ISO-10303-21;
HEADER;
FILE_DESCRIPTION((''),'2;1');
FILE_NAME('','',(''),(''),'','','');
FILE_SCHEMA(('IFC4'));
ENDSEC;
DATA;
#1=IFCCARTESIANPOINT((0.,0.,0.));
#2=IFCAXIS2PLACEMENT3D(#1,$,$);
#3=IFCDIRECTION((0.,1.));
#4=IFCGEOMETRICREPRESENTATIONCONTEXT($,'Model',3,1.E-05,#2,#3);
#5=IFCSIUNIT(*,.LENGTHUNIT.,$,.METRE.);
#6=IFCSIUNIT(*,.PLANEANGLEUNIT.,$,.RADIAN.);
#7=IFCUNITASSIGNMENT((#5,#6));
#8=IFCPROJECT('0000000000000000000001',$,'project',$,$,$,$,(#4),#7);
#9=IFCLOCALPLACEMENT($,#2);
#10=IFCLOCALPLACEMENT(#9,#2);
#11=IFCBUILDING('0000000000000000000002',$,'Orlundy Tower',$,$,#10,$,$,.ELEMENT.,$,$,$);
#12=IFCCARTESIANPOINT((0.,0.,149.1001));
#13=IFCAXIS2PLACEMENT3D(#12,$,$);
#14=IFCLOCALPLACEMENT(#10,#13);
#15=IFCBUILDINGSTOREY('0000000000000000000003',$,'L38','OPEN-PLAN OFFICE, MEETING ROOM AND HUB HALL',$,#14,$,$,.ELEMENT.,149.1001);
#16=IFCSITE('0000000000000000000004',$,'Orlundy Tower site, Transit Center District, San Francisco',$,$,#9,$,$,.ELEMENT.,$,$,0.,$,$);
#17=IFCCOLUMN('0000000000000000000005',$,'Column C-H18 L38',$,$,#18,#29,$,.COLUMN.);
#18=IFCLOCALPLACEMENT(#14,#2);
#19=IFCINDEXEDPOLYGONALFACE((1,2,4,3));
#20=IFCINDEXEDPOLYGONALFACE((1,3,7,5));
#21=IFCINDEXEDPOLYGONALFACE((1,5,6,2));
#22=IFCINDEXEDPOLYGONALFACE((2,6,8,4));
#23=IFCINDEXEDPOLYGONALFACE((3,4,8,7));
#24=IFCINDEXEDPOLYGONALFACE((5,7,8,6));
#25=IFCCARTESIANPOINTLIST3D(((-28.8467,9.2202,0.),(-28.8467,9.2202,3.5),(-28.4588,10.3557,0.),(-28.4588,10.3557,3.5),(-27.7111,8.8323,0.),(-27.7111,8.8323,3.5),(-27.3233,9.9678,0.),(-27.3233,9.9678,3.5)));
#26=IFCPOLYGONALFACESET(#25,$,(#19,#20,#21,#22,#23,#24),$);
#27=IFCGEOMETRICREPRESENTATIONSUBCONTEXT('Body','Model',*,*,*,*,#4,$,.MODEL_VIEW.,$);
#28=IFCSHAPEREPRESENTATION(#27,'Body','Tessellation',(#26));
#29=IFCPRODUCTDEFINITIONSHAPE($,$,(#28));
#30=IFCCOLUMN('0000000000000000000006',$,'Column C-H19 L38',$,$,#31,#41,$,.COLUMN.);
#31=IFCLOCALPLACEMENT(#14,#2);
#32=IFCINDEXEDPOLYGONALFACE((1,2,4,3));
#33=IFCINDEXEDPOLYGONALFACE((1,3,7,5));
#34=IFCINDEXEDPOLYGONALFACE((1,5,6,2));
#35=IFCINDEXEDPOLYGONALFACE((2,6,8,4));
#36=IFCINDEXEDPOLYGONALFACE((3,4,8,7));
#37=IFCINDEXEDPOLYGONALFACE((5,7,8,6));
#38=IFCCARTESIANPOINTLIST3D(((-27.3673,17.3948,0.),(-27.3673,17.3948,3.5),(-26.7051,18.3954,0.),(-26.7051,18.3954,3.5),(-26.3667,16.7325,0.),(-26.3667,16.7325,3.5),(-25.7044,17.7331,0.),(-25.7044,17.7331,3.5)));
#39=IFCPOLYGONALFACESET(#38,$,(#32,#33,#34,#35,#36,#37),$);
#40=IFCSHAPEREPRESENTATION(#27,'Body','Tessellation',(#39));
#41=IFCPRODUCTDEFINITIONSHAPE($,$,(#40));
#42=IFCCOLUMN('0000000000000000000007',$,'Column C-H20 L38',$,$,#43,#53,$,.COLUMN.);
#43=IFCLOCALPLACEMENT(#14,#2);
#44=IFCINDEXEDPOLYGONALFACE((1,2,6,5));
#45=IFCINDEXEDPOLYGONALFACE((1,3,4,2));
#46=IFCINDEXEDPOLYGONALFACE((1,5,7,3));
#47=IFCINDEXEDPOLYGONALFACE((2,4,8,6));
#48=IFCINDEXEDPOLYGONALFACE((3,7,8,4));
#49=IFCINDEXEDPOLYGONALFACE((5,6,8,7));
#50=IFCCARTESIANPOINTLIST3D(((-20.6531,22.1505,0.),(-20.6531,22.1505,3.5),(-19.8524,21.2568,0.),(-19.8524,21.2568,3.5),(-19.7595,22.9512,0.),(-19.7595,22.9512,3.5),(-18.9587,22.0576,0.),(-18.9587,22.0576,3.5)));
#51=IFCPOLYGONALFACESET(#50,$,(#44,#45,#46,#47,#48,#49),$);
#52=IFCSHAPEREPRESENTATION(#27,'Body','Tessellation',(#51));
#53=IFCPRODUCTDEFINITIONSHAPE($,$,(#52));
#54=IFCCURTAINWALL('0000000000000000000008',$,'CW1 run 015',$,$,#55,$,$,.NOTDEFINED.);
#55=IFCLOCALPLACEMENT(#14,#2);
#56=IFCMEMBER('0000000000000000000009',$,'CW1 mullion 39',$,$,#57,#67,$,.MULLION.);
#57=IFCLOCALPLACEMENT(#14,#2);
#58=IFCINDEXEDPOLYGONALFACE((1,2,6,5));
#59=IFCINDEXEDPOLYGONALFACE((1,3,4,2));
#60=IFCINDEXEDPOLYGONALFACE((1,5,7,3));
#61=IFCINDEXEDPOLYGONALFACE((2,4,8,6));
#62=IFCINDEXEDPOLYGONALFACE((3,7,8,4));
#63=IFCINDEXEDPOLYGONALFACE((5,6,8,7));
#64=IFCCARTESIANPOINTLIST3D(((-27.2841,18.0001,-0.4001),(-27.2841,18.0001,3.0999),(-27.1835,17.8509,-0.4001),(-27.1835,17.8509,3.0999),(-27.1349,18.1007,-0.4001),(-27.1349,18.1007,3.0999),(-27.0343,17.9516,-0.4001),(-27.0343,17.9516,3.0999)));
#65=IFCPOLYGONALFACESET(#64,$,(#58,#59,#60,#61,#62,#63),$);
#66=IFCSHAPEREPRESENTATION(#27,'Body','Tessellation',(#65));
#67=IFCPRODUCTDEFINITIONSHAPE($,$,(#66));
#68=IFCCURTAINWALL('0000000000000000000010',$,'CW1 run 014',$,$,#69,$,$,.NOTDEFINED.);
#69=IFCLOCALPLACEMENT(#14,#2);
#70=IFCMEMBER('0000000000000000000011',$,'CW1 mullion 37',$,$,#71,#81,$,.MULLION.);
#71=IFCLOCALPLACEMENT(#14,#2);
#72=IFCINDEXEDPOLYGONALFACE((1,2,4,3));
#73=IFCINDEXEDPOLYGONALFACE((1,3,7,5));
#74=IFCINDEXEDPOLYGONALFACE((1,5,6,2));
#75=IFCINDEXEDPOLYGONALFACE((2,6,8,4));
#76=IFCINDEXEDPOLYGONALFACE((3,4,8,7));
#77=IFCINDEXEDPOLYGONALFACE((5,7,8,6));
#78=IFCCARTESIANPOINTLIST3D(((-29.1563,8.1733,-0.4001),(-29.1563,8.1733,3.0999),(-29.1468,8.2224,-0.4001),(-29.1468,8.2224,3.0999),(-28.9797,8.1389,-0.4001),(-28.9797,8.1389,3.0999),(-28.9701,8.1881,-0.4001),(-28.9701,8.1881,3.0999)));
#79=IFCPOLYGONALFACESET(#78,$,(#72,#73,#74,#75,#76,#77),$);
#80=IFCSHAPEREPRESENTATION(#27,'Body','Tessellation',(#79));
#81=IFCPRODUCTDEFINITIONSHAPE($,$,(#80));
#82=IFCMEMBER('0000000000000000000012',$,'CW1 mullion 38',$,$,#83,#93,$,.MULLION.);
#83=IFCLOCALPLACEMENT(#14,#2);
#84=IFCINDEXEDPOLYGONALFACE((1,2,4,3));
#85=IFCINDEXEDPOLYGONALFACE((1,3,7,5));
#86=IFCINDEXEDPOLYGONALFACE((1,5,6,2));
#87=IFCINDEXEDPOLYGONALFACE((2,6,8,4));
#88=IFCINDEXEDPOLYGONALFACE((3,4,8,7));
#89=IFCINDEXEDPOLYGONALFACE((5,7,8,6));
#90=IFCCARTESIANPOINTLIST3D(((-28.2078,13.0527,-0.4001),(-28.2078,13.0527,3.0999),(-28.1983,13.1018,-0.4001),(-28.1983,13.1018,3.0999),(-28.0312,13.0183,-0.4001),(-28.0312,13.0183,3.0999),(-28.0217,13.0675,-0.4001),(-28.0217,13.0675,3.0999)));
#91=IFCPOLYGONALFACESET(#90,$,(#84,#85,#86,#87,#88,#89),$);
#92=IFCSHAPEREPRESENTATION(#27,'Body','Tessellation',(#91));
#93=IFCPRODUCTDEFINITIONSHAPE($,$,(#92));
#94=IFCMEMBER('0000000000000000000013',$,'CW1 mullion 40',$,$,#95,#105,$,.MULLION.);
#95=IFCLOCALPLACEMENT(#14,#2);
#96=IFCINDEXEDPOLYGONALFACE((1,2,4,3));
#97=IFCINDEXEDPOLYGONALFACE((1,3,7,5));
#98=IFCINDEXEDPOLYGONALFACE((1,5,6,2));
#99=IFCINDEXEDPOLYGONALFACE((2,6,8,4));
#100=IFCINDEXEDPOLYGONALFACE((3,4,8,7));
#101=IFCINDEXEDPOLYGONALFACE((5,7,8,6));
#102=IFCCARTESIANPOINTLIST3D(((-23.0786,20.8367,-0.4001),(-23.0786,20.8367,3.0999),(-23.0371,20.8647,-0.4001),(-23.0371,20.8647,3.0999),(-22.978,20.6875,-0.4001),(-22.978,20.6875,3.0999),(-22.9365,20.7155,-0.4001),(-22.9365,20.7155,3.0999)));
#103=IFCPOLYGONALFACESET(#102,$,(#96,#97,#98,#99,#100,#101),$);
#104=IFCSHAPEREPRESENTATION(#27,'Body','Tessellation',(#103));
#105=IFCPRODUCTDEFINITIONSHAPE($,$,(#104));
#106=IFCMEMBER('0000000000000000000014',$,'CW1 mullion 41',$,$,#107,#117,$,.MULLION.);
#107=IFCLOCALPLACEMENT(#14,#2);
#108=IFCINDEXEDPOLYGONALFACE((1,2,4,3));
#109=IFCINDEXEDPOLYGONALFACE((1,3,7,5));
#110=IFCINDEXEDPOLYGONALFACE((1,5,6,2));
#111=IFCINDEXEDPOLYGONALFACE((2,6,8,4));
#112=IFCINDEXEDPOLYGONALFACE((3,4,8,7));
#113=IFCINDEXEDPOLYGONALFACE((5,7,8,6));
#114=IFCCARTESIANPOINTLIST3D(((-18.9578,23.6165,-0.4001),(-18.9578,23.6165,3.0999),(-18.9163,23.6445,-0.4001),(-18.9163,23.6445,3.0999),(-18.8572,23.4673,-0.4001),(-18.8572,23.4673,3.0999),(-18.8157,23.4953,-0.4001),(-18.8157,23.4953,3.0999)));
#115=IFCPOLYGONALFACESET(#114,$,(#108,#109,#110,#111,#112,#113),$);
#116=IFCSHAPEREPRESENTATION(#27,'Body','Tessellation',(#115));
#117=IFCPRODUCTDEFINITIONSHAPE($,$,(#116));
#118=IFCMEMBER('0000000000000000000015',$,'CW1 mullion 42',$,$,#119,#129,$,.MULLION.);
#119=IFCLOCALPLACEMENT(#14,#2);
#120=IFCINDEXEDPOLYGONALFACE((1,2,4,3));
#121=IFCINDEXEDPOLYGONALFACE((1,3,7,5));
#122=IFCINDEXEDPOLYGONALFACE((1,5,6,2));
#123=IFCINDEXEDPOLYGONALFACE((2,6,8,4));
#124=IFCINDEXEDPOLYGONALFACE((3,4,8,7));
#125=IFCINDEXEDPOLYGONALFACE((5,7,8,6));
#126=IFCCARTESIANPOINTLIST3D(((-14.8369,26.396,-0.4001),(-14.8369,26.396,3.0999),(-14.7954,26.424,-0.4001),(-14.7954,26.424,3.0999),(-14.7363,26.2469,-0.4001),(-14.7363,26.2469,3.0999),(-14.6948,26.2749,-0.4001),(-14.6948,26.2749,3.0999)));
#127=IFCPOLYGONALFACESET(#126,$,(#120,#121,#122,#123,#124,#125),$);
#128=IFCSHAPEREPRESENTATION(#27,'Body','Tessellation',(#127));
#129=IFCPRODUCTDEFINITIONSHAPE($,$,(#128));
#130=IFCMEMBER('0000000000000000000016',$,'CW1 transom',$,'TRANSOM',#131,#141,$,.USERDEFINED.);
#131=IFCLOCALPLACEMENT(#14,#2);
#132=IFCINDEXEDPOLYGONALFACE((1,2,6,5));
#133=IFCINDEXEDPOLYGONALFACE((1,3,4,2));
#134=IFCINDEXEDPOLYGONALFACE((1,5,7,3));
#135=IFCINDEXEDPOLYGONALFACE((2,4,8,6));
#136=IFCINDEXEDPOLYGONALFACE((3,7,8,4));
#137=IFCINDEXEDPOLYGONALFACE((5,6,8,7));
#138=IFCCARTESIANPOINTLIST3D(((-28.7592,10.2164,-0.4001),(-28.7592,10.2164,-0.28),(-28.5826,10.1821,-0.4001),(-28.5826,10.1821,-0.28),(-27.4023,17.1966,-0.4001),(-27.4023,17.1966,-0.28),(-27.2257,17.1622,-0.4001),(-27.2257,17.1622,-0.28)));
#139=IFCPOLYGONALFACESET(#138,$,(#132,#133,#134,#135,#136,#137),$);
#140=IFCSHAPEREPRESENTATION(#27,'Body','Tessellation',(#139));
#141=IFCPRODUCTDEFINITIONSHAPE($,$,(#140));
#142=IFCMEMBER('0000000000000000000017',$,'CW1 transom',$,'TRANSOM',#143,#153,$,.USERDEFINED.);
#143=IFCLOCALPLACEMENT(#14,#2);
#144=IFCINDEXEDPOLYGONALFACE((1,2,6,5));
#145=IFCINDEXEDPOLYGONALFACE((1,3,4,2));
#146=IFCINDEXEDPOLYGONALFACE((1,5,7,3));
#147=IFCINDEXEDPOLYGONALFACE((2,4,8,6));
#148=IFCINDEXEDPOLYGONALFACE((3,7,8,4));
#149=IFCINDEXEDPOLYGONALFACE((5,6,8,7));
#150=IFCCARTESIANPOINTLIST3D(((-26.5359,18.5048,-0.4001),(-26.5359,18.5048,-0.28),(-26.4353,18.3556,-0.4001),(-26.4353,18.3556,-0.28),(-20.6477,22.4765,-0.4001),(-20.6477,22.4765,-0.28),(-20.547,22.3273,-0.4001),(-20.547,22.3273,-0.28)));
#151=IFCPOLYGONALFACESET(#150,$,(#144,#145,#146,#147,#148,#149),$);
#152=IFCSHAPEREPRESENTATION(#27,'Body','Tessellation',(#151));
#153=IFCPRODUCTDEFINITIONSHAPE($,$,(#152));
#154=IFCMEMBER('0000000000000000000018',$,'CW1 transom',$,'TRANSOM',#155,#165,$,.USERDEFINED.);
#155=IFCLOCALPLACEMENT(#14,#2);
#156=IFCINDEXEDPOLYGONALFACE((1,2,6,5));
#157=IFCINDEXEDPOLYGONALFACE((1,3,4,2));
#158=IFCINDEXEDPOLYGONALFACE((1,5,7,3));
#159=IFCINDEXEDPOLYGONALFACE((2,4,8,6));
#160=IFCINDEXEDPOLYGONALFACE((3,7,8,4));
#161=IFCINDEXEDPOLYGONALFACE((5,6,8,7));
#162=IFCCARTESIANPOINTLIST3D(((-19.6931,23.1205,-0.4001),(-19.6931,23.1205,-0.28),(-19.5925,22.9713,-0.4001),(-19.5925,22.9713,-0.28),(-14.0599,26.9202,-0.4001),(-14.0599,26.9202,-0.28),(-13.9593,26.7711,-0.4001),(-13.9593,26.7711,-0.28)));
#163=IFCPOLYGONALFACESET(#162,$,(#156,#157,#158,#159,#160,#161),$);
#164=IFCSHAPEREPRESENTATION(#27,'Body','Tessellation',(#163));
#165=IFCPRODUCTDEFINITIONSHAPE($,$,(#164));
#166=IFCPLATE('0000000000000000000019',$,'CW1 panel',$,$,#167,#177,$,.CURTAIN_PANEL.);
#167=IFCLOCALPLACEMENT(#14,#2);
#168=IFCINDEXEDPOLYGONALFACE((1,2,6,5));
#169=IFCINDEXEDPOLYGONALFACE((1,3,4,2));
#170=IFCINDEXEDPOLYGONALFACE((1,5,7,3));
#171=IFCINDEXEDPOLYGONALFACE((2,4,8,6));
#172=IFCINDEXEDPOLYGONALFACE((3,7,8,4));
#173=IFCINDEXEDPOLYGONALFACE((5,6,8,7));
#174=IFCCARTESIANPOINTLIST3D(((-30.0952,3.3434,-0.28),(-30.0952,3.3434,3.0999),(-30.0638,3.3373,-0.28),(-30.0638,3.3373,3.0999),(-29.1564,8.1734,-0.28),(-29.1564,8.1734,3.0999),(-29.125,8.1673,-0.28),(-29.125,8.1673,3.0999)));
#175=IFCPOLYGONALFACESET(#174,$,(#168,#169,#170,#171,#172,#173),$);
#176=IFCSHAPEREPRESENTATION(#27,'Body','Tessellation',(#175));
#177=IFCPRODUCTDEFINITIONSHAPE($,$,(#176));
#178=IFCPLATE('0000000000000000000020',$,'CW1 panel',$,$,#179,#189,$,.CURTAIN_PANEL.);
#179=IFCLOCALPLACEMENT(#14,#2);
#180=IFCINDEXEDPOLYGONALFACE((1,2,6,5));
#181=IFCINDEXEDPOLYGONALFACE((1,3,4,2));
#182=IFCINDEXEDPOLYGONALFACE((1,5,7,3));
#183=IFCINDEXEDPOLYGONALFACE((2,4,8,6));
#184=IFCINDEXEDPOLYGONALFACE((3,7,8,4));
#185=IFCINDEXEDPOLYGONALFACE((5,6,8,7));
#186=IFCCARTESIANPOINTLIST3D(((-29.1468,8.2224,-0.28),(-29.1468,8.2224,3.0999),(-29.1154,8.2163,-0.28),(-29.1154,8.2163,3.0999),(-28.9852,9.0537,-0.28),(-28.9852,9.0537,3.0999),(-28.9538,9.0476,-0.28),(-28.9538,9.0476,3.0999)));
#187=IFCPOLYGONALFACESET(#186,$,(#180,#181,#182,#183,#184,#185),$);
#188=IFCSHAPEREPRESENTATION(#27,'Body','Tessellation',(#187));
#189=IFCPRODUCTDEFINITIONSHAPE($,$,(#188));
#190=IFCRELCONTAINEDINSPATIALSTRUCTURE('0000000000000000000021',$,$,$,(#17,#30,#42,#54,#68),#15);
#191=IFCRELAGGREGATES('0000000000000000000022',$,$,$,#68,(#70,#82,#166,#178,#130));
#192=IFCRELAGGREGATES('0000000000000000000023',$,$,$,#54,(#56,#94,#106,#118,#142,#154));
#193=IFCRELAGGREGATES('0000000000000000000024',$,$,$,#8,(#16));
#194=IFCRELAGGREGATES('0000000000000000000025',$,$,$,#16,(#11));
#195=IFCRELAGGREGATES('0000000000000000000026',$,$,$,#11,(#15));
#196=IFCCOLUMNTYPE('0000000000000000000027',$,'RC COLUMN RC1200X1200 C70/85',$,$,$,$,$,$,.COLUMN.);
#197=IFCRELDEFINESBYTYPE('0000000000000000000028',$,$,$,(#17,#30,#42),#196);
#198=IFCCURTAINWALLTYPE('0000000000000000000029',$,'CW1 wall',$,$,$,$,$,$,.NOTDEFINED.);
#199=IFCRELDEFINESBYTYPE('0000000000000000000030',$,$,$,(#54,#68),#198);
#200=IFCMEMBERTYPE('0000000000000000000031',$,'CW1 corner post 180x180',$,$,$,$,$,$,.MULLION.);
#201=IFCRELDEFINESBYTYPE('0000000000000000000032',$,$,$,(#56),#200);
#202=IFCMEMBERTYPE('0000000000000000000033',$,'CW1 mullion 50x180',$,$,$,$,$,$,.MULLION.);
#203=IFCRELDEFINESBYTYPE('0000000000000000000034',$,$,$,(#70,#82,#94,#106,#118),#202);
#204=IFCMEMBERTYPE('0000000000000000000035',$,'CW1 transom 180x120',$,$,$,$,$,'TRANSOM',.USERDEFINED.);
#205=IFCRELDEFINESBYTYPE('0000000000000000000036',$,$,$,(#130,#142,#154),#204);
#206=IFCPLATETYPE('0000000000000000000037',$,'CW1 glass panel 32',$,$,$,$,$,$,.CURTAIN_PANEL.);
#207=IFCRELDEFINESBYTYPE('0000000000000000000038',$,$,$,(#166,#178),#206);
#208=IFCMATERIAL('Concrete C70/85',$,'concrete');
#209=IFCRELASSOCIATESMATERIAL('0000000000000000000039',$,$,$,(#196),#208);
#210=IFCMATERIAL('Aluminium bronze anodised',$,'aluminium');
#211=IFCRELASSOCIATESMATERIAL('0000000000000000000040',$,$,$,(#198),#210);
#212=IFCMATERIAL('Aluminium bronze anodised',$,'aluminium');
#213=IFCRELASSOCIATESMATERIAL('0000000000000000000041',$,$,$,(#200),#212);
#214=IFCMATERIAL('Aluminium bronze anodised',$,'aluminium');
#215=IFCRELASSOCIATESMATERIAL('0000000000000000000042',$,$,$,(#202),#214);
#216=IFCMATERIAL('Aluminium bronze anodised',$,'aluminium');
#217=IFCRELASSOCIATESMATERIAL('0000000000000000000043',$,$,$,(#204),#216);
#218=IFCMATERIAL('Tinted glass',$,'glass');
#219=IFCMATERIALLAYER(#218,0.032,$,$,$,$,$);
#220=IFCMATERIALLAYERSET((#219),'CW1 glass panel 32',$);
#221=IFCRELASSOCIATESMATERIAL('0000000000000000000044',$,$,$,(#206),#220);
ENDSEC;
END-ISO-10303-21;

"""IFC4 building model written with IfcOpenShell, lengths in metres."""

from ifc_helpers import new_model, si_unit, direction, frame, origin, origin_2d, place, context, subcontext, project, spatial, rectangle, extrude, material, layer, layer_set, material_profile, profile_set, type_object, element, aggregate, save


model = new_model("IFC4")

# Units and contexts
model_context = context("Model", 3, precision=1e-05, world=origin(), true_north=direction((0.0, 1.0)))
body_context = subcontext(model_context, "Body", "Model", "MODEL_VIEW")
ifc_project = project(units=[si_unit("LENGTHUNIT", "METRE"), si_unit("PLANEANGLEUNIT", "RADIAN")], contexts=[model_context])

# Site, building, storey
site_placement = place(None, origin())
site = spatial("IfcSite", under=ifc_project, at=site_placement, Name="Orlundy Tower site, Transit Center District, San Francisco", CompositionType="ELEMENT", RefElevation=0.0)
building_placement = place(site_placement, origin())
building = spatial("IfcBuilding", under=site, at=building_placement, Name="Orlundy Tower", CompositionType="ELEMENT")
storey_placement = place(building_placement, frame((0.0, 0.0, 149.1001)))
storey = spatial("IfcBuildingStorey", under=building, at=storey_placement, Name="L38", Description="OPEN-PLAN OFFICE, MEETING ROOM AND HUB HALL", CompositionType="ELEMENT", Elevation=149.1001)

# Columns
ifc_material_1 = material(Name="Concrete C70/85", Category="concrete")
ifc_material_profile_1 = material_profile(ifc_material_1, rectangle(XDim=1.2, YDim=1.2, at=origin_2d()), Name="RC1200X1200")
ifc_profile_set_1 = profile_set([ifc_material_profile_1], Name="Concrete C70/85")
column_type = type_object("IfcColumnType", Name="RC COLUMN RC1200X1200 C70/85", PredefinedType="COLUMN", material=ifc_profile_set_1)
for number, where, z_axis, x_axis, name in (
    (1, (-28.085, 9.594, 0.0), (0.0, 0.0, 1.0), (-0.946311, 0.323257, 0.0), "Column C-H18 L38"),
    (2, (-26.5359, 17.564, 0.0), (0.0, 0.0, 1.0), (-0.833886, 0.551937, 0.0), "Column C-H19 L38"),
    (3, (-19.8059, 22.104, 0.0), (0.0, 0.0, 1.0), (-0.667339, 0.744754, 0.0), "Column C-H20 L38"),
):
    element("IfcColumn", number, at=place(storey_placement, frame(where, z_axis=z_axis, x_axis=x_axis)), inside=storey, type_object=column_type, Name=name, PredefinedType="COLUMN", context=body_context, shape_type="SweptSolid", body=[
        extrude(rectangle(XDim=1.2, YDim=1.2, at=origin_2d()), origin(), (0.0, 0.0, 1.0), 3.5),
    ])

# Curtain wall, member
ifc_material_2 = material(Name="Aluminium bronze anodised", Category="aluminium")
curtain_wall_type = type_object("IfcCurtainWallType", Name="CW1 wall", PredefinedType="NOTDEFINED", material=ifc_material_2)
curtain_wall_1_placement = place(storey_placement, origin())
curtain_wall_1 = element("IfcCurtainWall", 4, at=curtain_wall_1_placement, inside=storey, type_object=curtain_wall_type, Name="CW1 run 015", PredefinedType="NOTDEFINED")
ifc_material_3 = material(Name="Aluminium bronze anodised", Category="aluminium")
ifc_material_profile_2 = material_profile(ifc_material_3, rectangle(XDim=0.1799, YDim=0.1799, at=origin_2d()), Name="CW1 corner post 180x180")
ifc_profile_set_2 = profile_set([ifc_material_profile_2], Name="Aluminium bronze anodised")
member_type_1 = type_object("IfcMemberType", Name="CW1 corner post 180x180", PredefinedType="MULLION", material=ifc_profile_set_2)
member_1_placement = place(storey_placement, frame((-27.1592, 17.9758, -0.4001), z_axis=(0.0, 0.0, 1.0), x_axis=(-0.559205, 0.82903, 0.0)))
member_1 = element("IfcMember", 5, at=member_1_placement, type_object=member_type_1, Name="CW1 mullion 39", PredefinedType="MULLION", context=body_context, shape_type="SweptSolid", body=[
    extrude(rectangle(XDim=0.1799, YDim=0.1799, at=origin_2d()), origin(), (0.0, 0.0, 1.0), 3.5),
])

# Curtain wall, members
curtain_wall_2_placement = place(storey_placement, origin())
curtain_wall_2 = element("IfcCurtainWall", 6, at=curtain_wall_2_placement, inside=storey, type_object=curtain_wall_type, Name="CW1 run 014", PredefinedType="NOTDEFINED")
ifc_material_4 = material(Name="Aluminium bronze anodised", Category="aluminium")
ifc_material_profile_3 = material_profile(ifc_material_4, rectangle(XDim=0.1799, YDim=0.05, at=origin_2d()), Name="CW1 mullion 50x180")
ifc_profile_set_3 = profile_set([ifc_material_profile_3], Name="Aluminium bronze anodised")
member_type_2 = type_object("IfcMemberType", Name="CW1 mullion 50x180", PredefinedType="MULLION", material=ifc_profile_set_3)
member_2_placement = place(storey_placement, frame((-29.0632, 8.1807, -0.4001), z_axis=(0.0, 0.0, 1.0), x_axis=(-0.981628, 0.190805, 0.0)))
member_2 = element("IfcMember", 7, at=member_2_placement, type_object=member_type_2, Name="CW1 mullion 37", PredefinedType="MULLION", context=body_context, shape_type="SweptSolid", body=[
    extrude(rectangle(XDim=0.1799, YDim=0.05, at=origin_2d()), origin(), (0.0, 0.0, 1.0), 3.5),
])
member_3_placement = place(storey_placement, frame((-28.1147, 13.0601, -0.4001), z_axis=(0.0, 0.0, 1.0), x_axis=(-0.981628, 0.190805, 0.0)))
member_3 = element("IfcMember", 8, at=member_3_placement, type_object=member_type_2, Name="CW1 mullion 38", PredefinedType="MULLION", context=body_context, shape_type="SweptSolid", body=[
    extrude(rectangle(XDim=0.1799, YDim=0.05, at=origin_2d()), origin(), (0.0, 0.0, 1.0), 3.5),
])

# Members
member_4_placement = place(storey_placement, frame((-23.0076, 20.7761, -0.4001), z_axis=(0.0, 0.0, 1.0), x_axis=(-0.559205, 0.82903, 0.0)))
member_4 = element("IfcMember", 9, at=member_4_placement, type_object=member_type_2, Name="CW1 mullion 40", PredefinedType="MULLION", context=body_context, shape_type="SweptSolid", body=[
    extrude(rectangle(XDim=0.1799, YDim=0.05, at=origin_2d()), origin(), (0.0, 0.0, 1.0), 3.5),
])
member_5_placement = place(storey_placement, frame((-18.8867, 23.5559, -0.4001), z_axis=(0.0, 0.0, 1.0), x_axis=(-0.559205, 0.82903, 0.0)))
member_5 = element("IfcMember", 10, at=member_5_placement, type_object=member_type_2, Name="CW1 mullion 41", PredefinedType="MULLION", context=body_context, shape_type="SweptSolid", body=[
    extrude(rectangle(XDim=0.1799, YDim=0.05, at=origin_2d()), origin(), (0.0, 0.0, 1.0), 3.5),
])
member_6_placement = place(storey_placement, frame((-14.7659, 26.3354, -0.4001), z_axis=(0.0, 0.0, 1.0), x_axis=(-0.559205, 0.82903, 0.0)))
member_6 = element("IfcMember", 11, at=member_6_placement, type_object=member_type_2, Name="CW1 mullion 42", PredefinedType="MULLION", context=body_context, shape_type="SweptSolid", body=[
    extrude(rectangle(XDim=0.1799, YDim=0.05, at=origin_2d()), origin(), (0.0, 0.0, 1.0), 3.5),
])
ifc_material_5 = material(Name="Aluminium bronze anodised", Category="aluminium")
ifc_material_profile_4 = material_profile(ifc_material_5, rectangle(XDim=0.1799, YDim=0.1201, at=origin_2d()), Name="CW1 transom 180x120")
ifc_profile_set_4 = profile_set([ifc_material_profile_4], Name="Aluminium bronze anodised")
member_type_3 = type_object("IfcMemberType", Name="CW1 transom 180x120", ElementType="TRANSOM", PredefinedType="USERDEFINED", material=ifc_profile_set_4)
member_7_placement = place(storey_placement, frame((-28.6709, 10.1992, -0.3401), z_axis=(0.190825, 0.981624, 0.0), x_axis=(-0.981624, 0.190825, 0.0)))
member_7 = element("IfcMember", 12, at=member_7_placement, type_object=member_type_3, Name="CW1 transom", ObjectType="TRANSOM", PredefinedType="USERDEFINED", context=body_context, shape_type="SweptSolid", body=[
    extrude(rectangle(XDim=0.1799, YDim=0.1201, at=origin_2d()), origin(), (0.0, 0.0, 1.0), 7.1108),
])
member_8_placement = place(storey_placement, frame((-26.4856, 18.4302, -0.3401), z_axis=(0.829034, 0.559198, 0.0), x_axis=(-0.559198, 0.829034, 0.0)))
member_8 = element("IfcMember", 13, at=member_8_placement, type_object=member_type_3, Name="CW1 transom", ObjectType="TRANSOM", PredefinedType="USERDEFINED", context=body_context, shape_type="SweptSolid", body=[
    extrude(rectangle(XDim=0.1799, YDim=0.1201, at=origin_2d()), origin(), (0.0, 0.0, 1.0), 7.1025),
])
member_9_placement = place(storey_placement, frame((-19.6428, 23.0459, -0.3401), z_axis=(0.829031, 0.559203, 0.0), x_axis=(-0.559203, 0.829031, 0.0)))
member_9 = element("IfcMember", 14, at=member_9_placement, type_object=member_type_3, Name="CW1 transom", ObjectType="TRANSOM", PredefinedType="USERDEFINED", context=body_context, shape_type="SweptSolid", body=[
    extrude(rectangle(XDim=0.1799, YDim=0.1201, at=origin_2d()), origin(), (0.0, 0.0, 1.0), 6.7949),
])

# Plates
ifc_material_6 = material(Name="Tinted glass", Category="glass")
ifc_layer_1 = layer(ifc_material_6, 0.032)
ifc_layer_set_1 = layer_set([ifc_layer_1], Name="CW1 glass panel 32")
plate_type = type_object("IfcPlateType", Name="CW1 glass panel 32", PredefinedType="CURTAIN_PANEL", material=ifc_layer_set_1)
plate_1_placement = place(storey_placement, frame((-29.6101, 5.7554, -0.28), z_axis=(0.0, 0.0, 1.0), x_axis=(0.190805, 0.981628, 0.0)))
plate_1 = element("IfcPlate", 15, at=plate_1_placement, type_object=plate_type, Name="CW1 panel", PredefinedType="CURTAIN_PANEL", context=body_context, shape_type="SweptSolid", body=[
    extrude(rectangle(XDim=4.9204, YDim=0.032, at=origin_2d()), origin(), (0.0, 0.0, 1.0), 3.3799),
])
plate_2_placement = place(storey_placement, frame((-29.0503, 8.635, -0.28), z_axis=(0.0, 0.0, 1.0), x_axis=(0.190805, 0.981628, 0.0)))
plate_2 = element("IfcPlate", 16, at=plate_2_placement, type_object=plate_type, Name="CW1 panel", PredefinedType="CURTAIN_PANEL", context=body_context, shape_type="SweptSolid", body=[
    extrude(rectangle(XDim=0.8469, YDim=0.032, at=origin_2d()), origin(), (0.0, 0.0, 1.0), 3.3799),
])
aggregate(curtain_wall_2, [member_2, member_3, plate_1, plate_2, member_7])
aggregate(curtain_wall_1, [member_1, member_4, member_5, member_6, member_8, member_9])

save(model, "model.ifc")
